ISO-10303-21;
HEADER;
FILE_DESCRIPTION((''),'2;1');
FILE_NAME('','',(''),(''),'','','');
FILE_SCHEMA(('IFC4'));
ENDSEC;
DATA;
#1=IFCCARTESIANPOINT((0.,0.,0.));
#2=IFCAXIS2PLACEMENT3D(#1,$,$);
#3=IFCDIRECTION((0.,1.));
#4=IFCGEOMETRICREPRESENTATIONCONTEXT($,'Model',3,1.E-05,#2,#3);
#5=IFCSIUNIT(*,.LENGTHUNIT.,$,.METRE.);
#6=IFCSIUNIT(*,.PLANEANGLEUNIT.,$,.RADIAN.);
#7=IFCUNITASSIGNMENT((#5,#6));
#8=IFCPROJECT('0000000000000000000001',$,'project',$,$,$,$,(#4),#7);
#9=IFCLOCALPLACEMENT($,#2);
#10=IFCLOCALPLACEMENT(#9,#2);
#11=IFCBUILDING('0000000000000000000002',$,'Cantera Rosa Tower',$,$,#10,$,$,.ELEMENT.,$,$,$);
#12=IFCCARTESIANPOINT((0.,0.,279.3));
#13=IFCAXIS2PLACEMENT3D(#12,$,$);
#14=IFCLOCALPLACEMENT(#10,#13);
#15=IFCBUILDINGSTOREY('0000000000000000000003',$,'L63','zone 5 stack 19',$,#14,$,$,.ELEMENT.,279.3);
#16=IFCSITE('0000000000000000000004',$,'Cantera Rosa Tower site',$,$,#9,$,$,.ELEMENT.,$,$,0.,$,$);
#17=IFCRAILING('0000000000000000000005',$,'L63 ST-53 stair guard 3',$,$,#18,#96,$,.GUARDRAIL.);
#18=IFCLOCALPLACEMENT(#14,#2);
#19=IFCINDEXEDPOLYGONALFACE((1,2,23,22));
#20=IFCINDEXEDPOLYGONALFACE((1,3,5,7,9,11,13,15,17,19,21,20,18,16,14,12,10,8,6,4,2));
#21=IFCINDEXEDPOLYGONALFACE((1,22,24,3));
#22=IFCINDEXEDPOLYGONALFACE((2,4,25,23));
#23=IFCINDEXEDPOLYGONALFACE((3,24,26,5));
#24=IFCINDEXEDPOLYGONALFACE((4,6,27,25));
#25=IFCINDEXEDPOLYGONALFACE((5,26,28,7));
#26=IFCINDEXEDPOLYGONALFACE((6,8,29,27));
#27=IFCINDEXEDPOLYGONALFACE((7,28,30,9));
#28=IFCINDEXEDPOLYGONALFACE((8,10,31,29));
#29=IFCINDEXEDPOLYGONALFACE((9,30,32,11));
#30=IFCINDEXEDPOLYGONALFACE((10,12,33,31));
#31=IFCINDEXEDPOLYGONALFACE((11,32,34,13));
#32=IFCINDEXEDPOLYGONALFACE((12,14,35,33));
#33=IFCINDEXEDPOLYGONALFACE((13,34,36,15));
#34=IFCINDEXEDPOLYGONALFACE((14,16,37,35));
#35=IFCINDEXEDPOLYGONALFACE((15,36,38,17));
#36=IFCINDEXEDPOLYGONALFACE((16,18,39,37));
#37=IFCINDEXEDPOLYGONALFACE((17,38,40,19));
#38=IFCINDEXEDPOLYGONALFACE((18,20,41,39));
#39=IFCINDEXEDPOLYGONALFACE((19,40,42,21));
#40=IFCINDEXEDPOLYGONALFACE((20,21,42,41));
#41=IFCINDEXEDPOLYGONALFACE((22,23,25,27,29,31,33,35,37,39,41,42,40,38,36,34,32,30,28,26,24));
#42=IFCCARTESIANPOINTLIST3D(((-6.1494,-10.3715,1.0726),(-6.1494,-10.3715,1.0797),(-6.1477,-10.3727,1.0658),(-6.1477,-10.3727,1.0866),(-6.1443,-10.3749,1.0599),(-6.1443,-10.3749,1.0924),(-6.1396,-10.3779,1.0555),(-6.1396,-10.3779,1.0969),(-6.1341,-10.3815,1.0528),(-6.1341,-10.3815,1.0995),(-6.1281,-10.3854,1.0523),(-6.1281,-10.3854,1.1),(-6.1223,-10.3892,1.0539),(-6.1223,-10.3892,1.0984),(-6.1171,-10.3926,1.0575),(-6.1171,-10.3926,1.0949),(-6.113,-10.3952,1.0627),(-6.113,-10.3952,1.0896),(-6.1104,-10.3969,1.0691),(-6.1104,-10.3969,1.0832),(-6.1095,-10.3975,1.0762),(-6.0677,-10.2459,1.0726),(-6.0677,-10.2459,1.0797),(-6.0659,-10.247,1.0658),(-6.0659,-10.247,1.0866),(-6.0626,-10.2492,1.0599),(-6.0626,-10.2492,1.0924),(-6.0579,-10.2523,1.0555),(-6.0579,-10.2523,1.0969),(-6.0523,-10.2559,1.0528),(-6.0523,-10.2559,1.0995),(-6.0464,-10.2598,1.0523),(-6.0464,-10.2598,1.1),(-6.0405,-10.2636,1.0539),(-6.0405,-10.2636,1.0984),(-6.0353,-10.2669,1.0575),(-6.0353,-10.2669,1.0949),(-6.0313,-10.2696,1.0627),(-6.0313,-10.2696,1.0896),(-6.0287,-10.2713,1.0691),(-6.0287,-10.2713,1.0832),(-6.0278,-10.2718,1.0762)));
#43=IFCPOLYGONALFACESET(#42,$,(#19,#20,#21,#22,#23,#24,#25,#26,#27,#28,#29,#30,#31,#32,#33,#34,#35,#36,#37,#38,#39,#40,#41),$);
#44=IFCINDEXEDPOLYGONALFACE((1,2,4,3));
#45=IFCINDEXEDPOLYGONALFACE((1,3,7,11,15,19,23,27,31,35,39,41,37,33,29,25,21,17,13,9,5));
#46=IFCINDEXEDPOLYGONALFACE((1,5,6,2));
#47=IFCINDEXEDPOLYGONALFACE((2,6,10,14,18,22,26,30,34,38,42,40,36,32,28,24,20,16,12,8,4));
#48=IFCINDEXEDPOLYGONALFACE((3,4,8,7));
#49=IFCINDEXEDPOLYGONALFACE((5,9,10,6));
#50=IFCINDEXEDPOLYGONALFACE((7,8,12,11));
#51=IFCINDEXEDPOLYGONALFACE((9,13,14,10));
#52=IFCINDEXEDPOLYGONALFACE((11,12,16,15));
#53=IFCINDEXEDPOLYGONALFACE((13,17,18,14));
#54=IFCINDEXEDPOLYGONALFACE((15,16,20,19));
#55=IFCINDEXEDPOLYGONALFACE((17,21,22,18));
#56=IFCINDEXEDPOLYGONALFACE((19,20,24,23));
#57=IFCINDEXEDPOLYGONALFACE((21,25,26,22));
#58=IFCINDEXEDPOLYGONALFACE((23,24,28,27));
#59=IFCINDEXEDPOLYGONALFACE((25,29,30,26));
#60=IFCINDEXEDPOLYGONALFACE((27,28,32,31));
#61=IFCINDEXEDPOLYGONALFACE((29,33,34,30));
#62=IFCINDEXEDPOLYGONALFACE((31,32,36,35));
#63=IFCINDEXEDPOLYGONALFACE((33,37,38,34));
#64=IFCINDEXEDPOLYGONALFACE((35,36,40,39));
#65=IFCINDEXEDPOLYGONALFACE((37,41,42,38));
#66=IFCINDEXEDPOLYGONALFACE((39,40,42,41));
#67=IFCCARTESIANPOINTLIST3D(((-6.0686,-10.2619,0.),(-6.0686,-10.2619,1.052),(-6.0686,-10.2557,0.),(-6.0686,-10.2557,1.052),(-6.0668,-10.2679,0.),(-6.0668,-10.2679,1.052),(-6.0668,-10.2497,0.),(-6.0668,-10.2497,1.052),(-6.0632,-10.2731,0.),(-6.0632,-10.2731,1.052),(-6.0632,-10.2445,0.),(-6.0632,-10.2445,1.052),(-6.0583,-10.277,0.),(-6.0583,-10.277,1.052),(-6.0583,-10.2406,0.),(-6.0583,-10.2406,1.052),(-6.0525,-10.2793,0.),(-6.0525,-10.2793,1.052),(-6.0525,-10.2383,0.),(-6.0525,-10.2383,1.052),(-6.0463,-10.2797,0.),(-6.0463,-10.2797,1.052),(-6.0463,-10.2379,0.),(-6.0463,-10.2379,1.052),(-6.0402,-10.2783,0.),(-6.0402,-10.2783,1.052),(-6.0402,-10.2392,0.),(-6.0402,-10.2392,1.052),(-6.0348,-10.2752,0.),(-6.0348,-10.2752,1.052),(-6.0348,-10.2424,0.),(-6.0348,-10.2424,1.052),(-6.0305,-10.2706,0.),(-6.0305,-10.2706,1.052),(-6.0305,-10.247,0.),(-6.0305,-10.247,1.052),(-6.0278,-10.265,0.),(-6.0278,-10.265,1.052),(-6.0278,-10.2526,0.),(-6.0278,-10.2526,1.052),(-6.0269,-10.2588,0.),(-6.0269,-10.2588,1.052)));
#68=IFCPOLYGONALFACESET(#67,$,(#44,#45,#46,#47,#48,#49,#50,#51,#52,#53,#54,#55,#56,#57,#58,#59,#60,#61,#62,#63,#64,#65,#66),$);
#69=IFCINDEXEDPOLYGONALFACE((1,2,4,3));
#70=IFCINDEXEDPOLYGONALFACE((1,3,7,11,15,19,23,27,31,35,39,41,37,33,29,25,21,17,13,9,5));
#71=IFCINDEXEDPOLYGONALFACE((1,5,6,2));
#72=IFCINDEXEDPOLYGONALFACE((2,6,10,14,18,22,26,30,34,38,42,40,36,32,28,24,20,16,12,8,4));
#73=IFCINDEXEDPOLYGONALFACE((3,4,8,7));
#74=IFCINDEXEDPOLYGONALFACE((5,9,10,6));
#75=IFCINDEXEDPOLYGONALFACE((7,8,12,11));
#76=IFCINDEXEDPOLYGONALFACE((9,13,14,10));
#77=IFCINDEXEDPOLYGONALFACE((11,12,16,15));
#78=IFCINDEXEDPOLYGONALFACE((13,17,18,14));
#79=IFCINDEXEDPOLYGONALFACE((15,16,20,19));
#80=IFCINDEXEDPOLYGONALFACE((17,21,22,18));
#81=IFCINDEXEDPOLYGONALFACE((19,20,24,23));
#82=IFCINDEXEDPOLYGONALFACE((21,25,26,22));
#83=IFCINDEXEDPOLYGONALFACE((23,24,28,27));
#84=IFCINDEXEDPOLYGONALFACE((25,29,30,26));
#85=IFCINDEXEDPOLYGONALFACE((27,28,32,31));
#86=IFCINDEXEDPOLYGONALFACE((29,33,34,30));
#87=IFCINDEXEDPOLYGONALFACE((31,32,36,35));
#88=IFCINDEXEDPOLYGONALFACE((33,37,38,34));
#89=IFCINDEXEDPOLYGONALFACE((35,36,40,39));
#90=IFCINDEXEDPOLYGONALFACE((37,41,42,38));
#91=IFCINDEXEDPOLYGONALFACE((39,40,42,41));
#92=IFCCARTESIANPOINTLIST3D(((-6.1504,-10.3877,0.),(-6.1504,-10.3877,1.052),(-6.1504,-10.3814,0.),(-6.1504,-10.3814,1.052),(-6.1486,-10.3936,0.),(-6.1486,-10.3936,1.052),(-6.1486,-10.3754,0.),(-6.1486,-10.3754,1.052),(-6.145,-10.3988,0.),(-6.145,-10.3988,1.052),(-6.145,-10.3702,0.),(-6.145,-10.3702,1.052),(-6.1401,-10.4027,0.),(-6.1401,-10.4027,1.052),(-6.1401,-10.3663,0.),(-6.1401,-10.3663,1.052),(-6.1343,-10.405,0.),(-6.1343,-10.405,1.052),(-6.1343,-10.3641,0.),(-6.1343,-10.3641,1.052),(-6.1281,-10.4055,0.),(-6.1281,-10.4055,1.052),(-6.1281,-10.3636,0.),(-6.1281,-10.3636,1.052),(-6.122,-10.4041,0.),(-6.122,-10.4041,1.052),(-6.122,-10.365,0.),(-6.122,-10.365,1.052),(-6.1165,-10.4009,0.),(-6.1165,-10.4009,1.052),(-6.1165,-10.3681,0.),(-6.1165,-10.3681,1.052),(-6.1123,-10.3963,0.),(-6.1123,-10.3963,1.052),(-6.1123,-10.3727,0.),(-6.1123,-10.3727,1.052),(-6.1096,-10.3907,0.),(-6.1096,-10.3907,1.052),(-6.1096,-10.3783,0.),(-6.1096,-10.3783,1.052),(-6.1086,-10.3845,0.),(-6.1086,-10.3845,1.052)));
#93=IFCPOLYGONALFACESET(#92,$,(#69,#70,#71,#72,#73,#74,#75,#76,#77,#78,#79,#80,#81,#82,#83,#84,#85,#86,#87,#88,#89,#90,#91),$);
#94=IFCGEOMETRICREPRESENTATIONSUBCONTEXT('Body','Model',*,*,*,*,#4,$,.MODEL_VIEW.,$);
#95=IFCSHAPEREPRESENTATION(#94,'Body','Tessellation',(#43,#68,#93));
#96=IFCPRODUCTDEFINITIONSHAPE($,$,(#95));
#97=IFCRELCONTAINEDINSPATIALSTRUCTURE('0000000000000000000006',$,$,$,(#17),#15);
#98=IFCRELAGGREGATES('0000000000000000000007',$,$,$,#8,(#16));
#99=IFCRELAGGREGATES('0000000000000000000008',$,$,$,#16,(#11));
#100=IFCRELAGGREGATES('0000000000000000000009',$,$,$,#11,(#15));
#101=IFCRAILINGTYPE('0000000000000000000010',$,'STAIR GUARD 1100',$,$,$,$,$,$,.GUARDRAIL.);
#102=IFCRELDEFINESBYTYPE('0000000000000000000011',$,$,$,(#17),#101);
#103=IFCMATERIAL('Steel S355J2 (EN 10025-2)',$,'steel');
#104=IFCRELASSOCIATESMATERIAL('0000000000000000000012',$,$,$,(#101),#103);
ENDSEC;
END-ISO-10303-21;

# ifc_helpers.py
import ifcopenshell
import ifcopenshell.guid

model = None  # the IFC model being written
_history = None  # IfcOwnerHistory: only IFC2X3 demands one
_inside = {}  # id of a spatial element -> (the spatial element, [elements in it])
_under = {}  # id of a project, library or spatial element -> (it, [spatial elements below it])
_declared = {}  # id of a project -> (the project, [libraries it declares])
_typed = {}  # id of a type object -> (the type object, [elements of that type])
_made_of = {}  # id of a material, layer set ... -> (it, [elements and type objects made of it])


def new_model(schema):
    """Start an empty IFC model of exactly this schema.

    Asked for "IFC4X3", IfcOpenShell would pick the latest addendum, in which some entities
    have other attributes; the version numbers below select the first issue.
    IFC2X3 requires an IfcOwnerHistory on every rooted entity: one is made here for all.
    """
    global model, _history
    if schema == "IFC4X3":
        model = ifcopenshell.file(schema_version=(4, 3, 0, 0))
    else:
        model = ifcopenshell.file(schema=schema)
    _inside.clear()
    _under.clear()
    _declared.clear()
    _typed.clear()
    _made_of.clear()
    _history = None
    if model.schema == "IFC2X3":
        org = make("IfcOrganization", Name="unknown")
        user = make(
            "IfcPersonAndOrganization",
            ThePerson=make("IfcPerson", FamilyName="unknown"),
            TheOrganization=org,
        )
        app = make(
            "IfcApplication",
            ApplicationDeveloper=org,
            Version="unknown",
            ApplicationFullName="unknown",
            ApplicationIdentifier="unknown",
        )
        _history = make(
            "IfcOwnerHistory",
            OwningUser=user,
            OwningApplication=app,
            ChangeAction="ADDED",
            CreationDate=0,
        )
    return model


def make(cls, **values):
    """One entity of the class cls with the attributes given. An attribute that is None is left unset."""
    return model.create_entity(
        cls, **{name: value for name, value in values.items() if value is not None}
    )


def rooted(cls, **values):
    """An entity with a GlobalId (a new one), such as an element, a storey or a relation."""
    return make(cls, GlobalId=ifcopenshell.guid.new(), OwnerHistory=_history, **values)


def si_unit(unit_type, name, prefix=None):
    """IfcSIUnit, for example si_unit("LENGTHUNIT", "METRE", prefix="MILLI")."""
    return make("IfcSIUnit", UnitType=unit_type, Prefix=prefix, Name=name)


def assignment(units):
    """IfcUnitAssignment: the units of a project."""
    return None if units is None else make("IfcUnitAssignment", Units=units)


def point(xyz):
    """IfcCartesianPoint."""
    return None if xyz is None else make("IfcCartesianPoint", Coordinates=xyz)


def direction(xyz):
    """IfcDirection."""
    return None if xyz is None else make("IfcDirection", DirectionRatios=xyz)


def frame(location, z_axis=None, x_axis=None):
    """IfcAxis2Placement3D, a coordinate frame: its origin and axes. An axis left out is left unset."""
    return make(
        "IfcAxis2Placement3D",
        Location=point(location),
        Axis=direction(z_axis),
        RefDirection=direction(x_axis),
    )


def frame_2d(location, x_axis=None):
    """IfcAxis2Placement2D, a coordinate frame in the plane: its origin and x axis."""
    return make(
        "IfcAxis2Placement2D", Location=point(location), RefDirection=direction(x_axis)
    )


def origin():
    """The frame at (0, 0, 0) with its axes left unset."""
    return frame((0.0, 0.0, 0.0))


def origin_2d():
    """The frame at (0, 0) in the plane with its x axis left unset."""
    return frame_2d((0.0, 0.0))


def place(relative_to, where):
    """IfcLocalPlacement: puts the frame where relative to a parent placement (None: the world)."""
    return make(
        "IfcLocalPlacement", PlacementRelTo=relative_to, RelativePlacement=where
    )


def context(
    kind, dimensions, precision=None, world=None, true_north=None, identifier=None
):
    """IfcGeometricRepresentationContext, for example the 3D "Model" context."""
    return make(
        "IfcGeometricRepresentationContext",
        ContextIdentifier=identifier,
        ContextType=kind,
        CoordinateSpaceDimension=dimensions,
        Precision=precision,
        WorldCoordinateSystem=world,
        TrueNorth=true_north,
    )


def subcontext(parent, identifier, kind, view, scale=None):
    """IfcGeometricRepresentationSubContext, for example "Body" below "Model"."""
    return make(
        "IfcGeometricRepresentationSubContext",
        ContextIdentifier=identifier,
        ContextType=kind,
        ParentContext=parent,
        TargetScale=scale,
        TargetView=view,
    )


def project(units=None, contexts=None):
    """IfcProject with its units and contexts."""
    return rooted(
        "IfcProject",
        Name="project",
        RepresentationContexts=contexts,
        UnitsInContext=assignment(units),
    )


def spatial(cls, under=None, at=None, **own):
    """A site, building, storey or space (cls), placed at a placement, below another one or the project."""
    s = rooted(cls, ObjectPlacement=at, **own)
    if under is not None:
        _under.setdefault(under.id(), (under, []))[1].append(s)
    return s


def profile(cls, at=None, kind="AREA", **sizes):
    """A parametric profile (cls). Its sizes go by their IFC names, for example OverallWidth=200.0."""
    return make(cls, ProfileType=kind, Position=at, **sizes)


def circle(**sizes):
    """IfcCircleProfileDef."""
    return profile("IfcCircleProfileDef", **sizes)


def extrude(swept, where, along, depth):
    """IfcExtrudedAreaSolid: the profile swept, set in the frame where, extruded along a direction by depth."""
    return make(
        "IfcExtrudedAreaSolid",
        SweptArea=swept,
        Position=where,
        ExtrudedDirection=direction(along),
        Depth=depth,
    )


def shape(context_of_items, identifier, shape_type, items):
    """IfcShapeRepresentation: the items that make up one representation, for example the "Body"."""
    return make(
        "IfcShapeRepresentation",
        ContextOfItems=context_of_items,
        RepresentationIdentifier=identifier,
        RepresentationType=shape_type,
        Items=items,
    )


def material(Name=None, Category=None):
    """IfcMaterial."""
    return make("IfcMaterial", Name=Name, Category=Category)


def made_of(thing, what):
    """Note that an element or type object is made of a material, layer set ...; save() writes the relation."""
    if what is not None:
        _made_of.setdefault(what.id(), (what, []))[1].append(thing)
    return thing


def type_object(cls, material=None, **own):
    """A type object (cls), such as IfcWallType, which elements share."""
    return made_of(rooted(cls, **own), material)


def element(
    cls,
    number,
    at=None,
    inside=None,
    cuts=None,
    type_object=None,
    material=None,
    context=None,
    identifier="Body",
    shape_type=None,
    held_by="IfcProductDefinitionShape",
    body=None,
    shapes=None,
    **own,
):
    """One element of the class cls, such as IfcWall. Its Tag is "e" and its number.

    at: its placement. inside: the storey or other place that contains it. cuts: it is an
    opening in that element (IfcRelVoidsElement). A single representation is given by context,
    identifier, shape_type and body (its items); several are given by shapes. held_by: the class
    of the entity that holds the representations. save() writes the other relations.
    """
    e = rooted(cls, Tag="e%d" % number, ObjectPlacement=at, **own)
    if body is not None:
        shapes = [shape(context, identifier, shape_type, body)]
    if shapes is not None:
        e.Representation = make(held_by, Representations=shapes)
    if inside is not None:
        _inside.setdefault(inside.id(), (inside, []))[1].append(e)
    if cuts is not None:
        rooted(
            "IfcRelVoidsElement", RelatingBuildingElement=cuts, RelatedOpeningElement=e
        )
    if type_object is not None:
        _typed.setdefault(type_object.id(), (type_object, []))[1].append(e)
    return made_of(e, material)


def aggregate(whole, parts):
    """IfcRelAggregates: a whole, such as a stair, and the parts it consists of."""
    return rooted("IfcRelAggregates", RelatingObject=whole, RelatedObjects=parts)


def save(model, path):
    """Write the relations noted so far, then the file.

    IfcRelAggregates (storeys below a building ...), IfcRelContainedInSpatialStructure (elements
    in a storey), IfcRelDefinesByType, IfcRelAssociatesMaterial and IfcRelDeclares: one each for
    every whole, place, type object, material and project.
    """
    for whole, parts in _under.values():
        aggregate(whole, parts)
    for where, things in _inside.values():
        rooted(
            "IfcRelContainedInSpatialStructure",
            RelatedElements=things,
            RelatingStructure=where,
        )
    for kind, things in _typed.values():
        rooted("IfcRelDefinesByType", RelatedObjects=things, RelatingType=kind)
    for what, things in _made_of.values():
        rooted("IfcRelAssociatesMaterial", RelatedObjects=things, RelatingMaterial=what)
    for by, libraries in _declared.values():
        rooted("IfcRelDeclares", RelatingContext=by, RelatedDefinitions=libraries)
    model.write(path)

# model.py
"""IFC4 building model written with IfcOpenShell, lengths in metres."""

from ifc_helpers import new_model, si_unit, direction, frame, origin, origin_2d, place, context, subcontext, project, spatial, circle, extrude, material, type_object, element, save


model = new_model("IFC4")

# Units and contexts
model_context = context("Model", 3, precision=1e-05, world=origin(), true_north=direction((0.0, 1.0)))
body_context = subcontext(model_context, "Body", "Model", "MODEL_VIEW")
ifc_project = project(units=[si_unit("LENGTHUNIT", "METRE"), si_unit("PLANEANGLEUNIT", "RADIAN")], contexts=[model_context])

# Site, building, storey
site_placement = place(None, origin())
site = spatial("IfcSite", under=ifc_project, at=site_placement, Name="Cantera Rosa Tower site", CompositionType="ELEMENT", RefElevation=0.0)
building_placement = place(site_placement, origin())
building = spatial("IfcBuilding", under=site, at=building_placement, Name="Cantera Rosa Tower", CompositionType="ELEMENT")
storey_placement = place(building_placement, frame((0.0, 0.0, 279.3)))
storey = spatial("IfcBuildingStorey", under=building, at=storey_placement, Name="L63", Description="zone 5 stack 19", CompositionType="ELEMENT", Elevation=279.3)

# Railing
ifc_material_1 = material(Name="Steel S355J2 (EN 10025-2)", Category="steel")
railing_type_1 = type_object("IfcRailingType", Name="STAIR GUARD 1100", PredefinedType="GUARDRAIL", material=ifc_material_1)
railing_1_placement = place(storey_placement, frame((-6.0479, -10.2588, 0.0)))
element("IfcRailing", 1, at=railing_1_placement, inside=storey, type_object=railing_type_1, Name="L63 ST-53 stair guard 3", PredefinedType="GUARDRAIL", context=body_context, shape_type="SweptSolid", body=[
    extrude(circle(Radius=0.0239, at=origin_2d()), frame((0.0, 0.0, 1.0762), z_axis=(-0.545274, -0.838258, 0.0), x_axis=(0.838258, -0.545274, 0.0)), (0.0, 0.0, 1.0), 0.1499),
    extrude(circle(Radius=0.021, at=origin_2d()), origin(), (0.0, 0.0, 1.0), 1.052),
    extrude(circle(Radius=0.021, at=origin_2d()), frame((-0.0818, -0.1257, 0.0)), (0.0, 0.0, 1.0), 1.052),
])

save(model, "model.ifc")
